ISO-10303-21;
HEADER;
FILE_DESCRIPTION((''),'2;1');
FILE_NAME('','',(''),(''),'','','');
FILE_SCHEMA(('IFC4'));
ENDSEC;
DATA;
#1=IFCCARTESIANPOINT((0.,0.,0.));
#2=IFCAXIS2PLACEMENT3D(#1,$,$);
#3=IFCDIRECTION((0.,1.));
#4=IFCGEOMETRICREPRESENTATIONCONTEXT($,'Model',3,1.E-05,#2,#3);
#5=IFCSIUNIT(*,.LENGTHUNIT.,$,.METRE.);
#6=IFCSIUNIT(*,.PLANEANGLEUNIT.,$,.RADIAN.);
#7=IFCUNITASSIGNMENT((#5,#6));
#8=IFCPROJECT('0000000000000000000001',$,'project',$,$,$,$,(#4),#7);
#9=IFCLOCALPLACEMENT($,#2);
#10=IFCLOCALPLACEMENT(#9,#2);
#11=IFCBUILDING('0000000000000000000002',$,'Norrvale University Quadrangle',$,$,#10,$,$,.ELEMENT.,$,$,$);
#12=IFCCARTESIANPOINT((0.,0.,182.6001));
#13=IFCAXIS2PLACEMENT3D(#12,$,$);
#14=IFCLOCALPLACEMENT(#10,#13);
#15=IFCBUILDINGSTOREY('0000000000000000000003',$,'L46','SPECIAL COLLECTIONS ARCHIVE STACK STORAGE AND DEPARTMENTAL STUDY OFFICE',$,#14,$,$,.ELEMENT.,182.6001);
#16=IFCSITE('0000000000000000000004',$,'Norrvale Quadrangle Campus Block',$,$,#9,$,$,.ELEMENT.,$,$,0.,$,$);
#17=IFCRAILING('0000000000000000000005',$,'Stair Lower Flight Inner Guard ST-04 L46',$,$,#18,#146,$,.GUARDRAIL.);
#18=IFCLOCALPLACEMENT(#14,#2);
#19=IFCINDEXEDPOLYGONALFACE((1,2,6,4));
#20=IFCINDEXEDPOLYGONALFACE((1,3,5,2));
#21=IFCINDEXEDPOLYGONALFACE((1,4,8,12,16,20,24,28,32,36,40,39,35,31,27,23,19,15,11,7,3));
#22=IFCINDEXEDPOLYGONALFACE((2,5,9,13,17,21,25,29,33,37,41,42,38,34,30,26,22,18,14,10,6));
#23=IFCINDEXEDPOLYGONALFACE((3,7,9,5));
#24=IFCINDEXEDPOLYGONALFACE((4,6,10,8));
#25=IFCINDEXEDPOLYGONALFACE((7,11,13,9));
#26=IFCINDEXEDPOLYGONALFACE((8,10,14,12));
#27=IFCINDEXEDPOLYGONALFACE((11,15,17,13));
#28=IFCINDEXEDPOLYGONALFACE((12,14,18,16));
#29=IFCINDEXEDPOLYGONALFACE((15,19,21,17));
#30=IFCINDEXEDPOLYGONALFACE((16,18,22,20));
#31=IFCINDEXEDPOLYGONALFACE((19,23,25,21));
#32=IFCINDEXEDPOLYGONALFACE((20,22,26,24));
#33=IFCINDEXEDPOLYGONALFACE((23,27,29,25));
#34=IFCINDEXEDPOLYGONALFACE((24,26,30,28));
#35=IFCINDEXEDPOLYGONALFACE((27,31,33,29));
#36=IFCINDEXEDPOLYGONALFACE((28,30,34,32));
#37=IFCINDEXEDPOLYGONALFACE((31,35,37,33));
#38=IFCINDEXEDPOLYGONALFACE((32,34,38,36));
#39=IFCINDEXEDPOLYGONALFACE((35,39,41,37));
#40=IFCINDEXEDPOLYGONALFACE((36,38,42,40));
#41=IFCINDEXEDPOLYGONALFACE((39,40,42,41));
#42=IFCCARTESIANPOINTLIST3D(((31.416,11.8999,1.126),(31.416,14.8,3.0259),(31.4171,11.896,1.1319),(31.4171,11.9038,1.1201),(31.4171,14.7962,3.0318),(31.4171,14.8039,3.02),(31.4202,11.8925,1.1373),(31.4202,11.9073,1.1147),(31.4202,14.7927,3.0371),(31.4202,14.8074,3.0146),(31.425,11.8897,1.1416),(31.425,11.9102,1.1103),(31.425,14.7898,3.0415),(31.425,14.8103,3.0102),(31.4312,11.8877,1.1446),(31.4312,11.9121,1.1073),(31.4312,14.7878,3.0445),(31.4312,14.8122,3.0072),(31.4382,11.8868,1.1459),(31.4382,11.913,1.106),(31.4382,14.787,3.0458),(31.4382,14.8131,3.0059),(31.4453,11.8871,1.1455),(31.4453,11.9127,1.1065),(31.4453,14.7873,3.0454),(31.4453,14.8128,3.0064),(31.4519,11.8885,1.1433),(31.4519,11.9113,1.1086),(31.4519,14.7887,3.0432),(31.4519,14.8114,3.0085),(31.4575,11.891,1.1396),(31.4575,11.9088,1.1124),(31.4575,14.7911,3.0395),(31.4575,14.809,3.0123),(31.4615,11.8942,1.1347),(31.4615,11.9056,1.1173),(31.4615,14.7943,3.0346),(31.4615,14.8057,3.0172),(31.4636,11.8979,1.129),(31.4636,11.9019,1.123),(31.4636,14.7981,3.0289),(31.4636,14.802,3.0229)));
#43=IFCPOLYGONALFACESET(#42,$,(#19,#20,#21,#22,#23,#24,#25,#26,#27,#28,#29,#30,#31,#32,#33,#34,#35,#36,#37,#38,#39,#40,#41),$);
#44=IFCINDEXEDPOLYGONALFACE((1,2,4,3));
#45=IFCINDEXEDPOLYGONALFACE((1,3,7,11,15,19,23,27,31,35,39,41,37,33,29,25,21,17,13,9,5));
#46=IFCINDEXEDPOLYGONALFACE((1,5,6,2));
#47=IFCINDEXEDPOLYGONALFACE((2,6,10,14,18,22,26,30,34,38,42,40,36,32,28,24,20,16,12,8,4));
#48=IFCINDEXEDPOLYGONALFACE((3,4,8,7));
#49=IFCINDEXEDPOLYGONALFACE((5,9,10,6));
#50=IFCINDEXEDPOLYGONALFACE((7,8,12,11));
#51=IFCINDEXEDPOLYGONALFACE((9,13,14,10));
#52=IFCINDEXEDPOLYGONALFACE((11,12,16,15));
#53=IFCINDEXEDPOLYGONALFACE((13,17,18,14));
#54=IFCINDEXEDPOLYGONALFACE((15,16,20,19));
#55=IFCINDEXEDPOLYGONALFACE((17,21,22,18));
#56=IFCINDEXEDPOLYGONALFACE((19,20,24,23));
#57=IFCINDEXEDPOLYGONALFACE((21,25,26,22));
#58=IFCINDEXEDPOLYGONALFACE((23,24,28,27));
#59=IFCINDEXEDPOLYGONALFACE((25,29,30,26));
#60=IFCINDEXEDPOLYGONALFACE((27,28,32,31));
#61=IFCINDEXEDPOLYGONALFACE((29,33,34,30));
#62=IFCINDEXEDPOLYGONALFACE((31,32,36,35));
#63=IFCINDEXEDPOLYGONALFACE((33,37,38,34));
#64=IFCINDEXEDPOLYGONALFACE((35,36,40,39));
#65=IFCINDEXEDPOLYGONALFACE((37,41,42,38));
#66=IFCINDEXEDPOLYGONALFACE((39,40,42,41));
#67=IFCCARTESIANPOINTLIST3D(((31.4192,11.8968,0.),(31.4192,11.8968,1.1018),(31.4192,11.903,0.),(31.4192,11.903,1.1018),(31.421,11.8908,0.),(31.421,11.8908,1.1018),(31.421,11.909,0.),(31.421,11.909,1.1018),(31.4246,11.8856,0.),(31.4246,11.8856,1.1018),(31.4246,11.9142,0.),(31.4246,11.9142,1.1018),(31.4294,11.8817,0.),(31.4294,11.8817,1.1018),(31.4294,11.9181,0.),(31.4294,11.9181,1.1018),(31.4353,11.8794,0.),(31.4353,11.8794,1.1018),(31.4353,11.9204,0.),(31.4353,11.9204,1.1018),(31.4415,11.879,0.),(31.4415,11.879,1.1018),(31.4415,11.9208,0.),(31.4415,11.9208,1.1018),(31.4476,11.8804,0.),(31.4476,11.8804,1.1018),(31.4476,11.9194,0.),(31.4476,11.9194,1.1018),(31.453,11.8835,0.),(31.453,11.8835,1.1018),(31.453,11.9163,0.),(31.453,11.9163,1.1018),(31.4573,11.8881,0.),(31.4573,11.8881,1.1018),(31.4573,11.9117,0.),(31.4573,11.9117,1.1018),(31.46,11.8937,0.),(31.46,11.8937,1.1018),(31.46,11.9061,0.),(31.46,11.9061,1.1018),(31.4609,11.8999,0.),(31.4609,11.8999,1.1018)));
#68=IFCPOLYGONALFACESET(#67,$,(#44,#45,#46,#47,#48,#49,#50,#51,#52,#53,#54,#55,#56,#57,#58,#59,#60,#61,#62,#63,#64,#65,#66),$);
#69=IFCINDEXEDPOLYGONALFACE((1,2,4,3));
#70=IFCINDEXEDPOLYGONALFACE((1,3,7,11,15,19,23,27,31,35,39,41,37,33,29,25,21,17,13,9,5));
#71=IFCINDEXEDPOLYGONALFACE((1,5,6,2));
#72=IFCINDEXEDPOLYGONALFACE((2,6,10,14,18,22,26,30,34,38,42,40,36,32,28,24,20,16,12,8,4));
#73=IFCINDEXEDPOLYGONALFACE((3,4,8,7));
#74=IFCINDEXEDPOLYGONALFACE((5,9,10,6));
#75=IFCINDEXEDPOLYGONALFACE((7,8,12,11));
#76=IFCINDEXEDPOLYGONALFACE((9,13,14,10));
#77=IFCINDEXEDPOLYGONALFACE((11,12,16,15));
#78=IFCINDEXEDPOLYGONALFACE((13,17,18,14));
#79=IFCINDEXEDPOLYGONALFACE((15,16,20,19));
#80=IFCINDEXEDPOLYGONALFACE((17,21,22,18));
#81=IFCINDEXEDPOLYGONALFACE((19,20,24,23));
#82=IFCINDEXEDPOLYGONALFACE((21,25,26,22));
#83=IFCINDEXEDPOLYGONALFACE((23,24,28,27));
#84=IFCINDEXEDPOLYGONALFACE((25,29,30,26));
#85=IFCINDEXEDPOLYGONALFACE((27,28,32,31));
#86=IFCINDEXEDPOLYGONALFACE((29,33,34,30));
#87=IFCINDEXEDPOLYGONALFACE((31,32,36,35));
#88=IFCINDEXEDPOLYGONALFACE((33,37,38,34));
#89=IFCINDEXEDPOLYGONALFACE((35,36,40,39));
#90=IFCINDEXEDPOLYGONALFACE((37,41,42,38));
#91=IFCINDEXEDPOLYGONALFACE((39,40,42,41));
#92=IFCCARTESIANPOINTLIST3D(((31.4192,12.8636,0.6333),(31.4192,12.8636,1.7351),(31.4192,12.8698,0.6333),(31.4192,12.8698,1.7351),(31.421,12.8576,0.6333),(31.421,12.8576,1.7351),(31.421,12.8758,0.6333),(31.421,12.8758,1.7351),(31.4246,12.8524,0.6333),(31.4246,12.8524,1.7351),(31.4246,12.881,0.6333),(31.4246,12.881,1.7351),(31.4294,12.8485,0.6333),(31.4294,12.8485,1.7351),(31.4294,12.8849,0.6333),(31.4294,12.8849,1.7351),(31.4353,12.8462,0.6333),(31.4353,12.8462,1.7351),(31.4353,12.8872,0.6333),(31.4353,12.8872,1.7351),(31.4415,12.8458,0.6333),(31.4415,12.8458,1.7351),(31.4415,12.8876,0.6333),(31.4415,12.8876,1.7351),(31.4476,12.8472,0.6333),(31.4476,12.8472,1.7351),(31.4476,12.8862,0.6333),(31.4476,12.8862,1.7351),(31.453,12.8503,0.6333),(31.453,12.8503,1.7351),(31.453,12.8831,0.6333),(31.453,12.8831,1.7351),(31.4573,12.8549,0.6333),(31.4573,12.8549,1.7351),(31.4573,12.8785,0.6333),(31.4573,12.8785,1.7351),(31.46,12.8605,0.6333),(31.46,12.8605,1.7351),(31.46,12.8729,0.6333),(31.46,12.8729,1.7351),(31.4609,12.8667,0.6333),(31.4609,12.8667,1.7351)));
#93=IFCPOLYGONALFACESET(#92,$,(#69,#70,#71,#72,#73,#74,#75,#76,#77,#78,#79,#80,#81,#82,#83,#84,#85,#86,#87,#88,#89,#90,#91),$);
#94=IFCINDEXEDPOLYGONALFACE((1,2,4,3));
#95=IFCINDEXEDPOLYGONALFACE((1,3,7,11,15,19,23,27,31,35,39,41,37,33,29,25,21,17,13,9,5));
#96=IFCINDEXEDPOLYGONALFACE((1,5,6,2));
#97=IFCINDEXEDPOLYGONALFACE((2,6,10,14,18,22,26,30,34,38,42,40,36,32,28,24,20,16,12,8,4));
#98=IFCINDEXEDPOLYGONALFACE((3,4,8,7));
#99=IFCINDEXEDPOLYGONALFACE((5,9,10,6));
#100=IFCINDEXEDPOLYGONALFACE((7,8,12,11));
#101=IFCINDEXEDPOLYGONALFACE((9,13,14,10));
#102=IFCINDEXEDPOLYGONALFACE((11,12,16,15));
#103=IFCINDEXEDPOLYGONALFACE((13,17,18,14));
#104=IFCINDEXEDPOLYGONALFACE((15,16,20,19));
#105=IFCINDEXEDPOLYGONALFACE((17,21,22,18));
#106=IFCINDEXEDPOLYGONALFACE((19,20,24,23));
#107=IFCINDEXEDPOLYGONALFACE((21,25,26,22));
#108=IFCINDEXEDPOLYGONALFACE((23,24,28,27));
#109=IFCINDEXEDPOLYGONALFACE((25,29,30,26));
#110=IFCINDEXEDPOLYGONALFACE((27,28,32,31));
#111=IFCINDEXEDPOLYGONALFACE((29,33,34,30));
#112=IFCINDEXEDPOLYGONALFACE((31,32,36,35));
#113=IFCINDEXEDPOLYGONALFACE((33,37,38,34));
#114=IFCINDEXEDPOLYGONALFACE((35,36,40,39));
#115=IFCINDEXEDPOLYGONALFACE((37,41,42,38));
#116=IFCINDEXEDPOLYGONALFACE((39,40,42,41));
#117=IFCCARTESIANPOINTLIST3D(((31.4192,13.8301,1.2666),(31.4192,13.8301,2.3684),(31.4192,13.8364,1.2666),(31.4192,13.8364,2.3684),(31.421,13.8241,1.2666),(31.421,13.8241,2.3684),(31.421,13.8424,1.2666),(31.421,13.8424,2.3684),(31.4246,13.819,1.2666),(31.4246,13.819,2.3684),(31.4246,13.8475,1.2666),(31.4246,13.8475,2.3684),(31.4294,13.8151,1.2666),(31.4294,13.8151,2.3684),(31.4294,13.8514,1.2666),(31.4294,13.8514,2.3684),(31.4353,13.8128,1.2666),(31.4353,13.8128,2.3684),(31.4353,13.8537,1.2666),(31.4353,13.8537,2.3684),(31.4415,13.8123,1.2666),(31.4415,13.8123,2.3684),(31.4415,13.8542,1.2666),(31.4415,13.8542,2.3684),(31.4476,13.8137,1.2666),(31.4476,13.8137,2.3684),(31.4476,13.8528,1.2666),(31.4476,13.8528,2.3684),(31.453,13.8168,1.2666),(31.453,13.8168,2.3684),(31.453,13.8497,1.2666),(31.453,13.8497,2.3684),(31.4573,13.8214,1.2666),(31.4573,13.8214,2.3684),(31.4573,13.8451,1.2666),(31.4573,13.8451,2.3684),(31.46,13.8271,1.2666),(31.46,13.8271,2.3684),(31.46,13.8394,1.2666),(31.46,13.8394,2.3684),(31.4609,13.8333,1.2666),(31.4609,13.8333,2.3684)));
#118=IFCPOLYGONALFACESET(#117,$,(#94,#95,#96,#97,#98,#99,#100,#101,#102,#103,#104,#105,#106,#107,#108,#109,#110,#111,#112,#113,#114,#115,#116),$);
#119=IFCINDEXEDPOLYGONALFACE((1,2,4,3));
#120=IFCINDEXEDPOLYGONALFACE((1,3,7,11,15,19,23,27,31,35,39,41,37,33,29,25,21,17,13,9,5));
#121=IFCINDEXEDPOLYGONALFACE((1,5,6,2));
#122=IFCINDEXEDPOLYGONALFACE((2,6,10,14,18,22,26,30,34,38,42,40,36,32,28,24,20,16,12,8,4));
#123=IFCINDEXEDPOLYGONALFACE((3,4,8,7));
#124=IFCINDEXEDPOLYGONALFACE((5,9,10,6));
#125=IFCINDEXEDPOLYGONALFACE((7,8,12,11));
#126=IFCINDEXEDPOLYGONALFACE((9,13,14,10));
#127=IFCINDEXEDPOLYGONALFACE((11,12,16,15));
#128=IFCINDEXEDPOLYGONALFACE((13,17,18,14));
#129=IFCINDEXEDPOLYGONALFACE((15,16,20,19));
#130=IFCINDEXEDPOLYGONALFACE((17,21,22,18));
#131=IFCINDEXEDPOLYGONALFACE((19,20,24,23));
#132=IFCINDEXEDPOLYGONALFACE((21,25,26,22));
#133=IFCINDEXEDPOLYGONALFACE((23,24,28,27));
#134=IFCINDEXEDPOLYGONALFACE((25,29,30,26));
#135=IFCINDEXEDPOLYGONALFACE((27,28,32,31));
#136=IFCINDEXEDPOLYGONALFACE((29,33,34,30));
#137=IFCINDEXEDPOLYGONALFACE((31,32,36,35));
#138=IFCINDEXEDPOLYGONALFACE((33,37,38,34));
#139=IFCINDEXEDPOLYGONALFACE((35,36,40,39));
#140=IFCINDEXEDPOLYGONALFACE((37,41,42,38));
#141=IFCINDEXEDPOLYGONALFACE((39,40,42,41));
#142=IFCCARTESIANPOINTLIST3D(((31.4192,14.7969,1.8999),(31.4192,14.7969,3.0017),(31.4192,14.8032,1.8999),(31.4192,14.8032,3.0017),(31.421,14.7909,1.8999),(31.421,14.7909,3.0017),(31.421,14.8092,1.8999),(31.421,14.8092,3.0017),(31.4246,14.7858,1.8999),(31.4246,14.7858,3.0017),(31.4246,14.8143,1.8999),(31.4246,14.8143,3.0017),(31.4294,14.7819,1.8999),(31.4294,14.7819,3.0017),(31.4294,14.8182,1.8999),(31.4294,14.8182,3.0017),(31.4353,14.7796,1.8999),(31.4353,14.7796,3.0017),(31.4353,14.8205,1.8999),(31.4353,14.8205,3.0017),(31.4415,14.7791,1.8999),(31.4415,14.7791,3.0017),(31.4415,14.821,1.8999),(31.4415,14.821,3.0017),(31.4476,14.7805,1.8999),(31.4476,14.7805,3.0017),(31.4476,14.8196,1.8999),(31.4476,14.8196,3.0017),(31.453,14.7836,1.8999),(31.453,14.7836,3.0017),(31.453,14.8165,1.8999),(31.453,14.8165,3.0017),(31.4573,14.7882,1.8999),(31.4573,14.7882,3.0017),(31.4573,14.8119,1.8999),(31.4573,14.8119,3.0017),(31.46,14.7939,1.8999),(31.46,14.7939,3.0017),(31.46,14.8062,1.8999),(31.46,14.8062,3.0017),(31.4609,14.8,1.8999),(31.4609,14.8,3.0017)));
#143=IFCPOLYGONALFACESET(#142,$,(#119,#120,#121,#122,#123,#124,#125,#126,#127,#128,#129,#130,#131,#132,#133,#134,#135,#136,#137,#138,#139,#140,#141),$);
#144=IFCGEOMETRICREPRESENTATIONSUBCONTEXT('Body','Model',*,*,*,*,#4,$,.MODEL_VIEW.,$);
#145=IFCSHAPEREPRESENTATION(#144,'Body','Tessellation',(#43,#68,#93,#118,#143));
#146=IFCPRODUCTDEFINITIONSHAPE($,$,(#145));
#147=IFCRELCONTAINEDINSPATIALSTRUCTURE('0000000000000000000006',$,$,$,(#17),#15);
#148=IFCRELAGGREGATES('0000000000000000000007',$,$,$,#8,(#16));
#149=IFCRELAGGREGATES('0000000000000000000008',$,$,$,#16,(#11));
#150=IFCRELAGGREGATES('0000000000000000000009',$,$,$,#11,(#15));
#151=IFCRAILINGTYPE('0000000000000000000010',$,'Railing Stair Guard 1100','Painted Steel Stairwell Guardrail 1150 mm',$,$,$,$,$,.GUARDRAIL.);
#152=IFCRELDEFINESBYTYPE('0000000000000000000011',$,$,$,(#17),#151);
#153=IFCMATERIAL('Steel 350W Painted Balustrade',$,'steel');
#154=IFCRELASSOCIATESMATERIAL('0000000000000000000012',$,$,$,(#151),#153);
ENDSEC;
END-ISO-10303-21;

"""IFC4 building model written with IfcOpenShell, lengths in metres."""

from ifc_helpers import new_model, si_unit, direction, frame, origin, origin_2d, place, context, subcontext, project, spatial, circle, extrude, material, type_object, element, save


model = new_model("IFC4")

# Units and contexts
model_context = context("Model", 3, precision=1e-05, world=origin(), true_north=direction((0.0, 1.0)))
body_context = subcontext(model_context, "Body", "Model", "MODEL_VIEW")
ifc_project = project(units=[si_unit("LENGTHUNIT", "METRE"), si_unit("PLANEANGLEUNIT", "RADIAN")], contexts=[model_context])

# Site, building, storey
site_placement = place(None, origin())
site = spatial("IfcSite", under=ifc_project, at=site_placement, Name="Norrvale Quadrangle Campus Block", CompositionType="ELEMENT", RefElevation=0.0)
building_placement = place(site_placement, origin())
building = spatial("IfcBuilding", under=site, at=building_placement, Name="Norrvale University Quadrangle", CompositionType="ELEMENT")
storey_placement = place(building_placement, frame((0.0, 0.0, 182.6001)))
storey = spatial("IfcBuildingStorey", under=building, at=storey_placement, Name="L46", Description="SPECIAL COLLECTIONS ARCHIVE STACK STORAGE AND DEPARTMENTAL STUDY OFFICE", CompositionType="ELEMENT", Elevation=182.6001)

# Railing
ifc_material_1 = material(Name="Steel 350W Painted Balustrade", Category="steel")
railing_type_1 = type_object("IfcRailingType", Name="Railing Stair Guard 1100", Description="Painted Steel Stairwell Guardrail 1150 mm", PredefinedType="GUARDRAIL", material=ifc_material_1)
railing_1_placement = place(storey_placement, frame((31.4399, 11.8999, 0.0)))
element("IfcRailing", 1, at=railing_1_placement, inside=storey, type_object=railing_type_1, Name="Stair Lower Flight Inner Guard ST-04 L46", PredefinedType="GUARDRAIL", context=body_context, shape_type="SweptSolid", body=[
    extrude(circle(Radius=0.0239, at=origin_2d()), frame((0.0, 0.0, 1.126), z_axis=(0.0, 0.836487, 0.547987), x_axis=(-1.0, 0.0, 0.0)), (0.0, 0.0, 1.0), 3.467),
    extrude(circle(Radius=0.021, at=origin_2d()), origin(), (0.0, 0.0, 1.0), 1.1018),
    extrude(circle(Radius=0.021, at=origin_2d()), frame((0.0, 0.9668, 0.6333)), (0.0, 0.0, 1.0), 1.1018),
    extrude(circle(Radius=0.021, at=origin_2d()), frame((0.0, 1.9333, 1.2666)), (0.0, 0.0, 1.0), 1.1018),
    extrude(circle(Radius=0.021, at=origin_2d()), frame((0.0, 2.9001, 1.8999)), (0.0, 0.0, 1.0), 1.1018),
])

save(model, "model.ifc")
